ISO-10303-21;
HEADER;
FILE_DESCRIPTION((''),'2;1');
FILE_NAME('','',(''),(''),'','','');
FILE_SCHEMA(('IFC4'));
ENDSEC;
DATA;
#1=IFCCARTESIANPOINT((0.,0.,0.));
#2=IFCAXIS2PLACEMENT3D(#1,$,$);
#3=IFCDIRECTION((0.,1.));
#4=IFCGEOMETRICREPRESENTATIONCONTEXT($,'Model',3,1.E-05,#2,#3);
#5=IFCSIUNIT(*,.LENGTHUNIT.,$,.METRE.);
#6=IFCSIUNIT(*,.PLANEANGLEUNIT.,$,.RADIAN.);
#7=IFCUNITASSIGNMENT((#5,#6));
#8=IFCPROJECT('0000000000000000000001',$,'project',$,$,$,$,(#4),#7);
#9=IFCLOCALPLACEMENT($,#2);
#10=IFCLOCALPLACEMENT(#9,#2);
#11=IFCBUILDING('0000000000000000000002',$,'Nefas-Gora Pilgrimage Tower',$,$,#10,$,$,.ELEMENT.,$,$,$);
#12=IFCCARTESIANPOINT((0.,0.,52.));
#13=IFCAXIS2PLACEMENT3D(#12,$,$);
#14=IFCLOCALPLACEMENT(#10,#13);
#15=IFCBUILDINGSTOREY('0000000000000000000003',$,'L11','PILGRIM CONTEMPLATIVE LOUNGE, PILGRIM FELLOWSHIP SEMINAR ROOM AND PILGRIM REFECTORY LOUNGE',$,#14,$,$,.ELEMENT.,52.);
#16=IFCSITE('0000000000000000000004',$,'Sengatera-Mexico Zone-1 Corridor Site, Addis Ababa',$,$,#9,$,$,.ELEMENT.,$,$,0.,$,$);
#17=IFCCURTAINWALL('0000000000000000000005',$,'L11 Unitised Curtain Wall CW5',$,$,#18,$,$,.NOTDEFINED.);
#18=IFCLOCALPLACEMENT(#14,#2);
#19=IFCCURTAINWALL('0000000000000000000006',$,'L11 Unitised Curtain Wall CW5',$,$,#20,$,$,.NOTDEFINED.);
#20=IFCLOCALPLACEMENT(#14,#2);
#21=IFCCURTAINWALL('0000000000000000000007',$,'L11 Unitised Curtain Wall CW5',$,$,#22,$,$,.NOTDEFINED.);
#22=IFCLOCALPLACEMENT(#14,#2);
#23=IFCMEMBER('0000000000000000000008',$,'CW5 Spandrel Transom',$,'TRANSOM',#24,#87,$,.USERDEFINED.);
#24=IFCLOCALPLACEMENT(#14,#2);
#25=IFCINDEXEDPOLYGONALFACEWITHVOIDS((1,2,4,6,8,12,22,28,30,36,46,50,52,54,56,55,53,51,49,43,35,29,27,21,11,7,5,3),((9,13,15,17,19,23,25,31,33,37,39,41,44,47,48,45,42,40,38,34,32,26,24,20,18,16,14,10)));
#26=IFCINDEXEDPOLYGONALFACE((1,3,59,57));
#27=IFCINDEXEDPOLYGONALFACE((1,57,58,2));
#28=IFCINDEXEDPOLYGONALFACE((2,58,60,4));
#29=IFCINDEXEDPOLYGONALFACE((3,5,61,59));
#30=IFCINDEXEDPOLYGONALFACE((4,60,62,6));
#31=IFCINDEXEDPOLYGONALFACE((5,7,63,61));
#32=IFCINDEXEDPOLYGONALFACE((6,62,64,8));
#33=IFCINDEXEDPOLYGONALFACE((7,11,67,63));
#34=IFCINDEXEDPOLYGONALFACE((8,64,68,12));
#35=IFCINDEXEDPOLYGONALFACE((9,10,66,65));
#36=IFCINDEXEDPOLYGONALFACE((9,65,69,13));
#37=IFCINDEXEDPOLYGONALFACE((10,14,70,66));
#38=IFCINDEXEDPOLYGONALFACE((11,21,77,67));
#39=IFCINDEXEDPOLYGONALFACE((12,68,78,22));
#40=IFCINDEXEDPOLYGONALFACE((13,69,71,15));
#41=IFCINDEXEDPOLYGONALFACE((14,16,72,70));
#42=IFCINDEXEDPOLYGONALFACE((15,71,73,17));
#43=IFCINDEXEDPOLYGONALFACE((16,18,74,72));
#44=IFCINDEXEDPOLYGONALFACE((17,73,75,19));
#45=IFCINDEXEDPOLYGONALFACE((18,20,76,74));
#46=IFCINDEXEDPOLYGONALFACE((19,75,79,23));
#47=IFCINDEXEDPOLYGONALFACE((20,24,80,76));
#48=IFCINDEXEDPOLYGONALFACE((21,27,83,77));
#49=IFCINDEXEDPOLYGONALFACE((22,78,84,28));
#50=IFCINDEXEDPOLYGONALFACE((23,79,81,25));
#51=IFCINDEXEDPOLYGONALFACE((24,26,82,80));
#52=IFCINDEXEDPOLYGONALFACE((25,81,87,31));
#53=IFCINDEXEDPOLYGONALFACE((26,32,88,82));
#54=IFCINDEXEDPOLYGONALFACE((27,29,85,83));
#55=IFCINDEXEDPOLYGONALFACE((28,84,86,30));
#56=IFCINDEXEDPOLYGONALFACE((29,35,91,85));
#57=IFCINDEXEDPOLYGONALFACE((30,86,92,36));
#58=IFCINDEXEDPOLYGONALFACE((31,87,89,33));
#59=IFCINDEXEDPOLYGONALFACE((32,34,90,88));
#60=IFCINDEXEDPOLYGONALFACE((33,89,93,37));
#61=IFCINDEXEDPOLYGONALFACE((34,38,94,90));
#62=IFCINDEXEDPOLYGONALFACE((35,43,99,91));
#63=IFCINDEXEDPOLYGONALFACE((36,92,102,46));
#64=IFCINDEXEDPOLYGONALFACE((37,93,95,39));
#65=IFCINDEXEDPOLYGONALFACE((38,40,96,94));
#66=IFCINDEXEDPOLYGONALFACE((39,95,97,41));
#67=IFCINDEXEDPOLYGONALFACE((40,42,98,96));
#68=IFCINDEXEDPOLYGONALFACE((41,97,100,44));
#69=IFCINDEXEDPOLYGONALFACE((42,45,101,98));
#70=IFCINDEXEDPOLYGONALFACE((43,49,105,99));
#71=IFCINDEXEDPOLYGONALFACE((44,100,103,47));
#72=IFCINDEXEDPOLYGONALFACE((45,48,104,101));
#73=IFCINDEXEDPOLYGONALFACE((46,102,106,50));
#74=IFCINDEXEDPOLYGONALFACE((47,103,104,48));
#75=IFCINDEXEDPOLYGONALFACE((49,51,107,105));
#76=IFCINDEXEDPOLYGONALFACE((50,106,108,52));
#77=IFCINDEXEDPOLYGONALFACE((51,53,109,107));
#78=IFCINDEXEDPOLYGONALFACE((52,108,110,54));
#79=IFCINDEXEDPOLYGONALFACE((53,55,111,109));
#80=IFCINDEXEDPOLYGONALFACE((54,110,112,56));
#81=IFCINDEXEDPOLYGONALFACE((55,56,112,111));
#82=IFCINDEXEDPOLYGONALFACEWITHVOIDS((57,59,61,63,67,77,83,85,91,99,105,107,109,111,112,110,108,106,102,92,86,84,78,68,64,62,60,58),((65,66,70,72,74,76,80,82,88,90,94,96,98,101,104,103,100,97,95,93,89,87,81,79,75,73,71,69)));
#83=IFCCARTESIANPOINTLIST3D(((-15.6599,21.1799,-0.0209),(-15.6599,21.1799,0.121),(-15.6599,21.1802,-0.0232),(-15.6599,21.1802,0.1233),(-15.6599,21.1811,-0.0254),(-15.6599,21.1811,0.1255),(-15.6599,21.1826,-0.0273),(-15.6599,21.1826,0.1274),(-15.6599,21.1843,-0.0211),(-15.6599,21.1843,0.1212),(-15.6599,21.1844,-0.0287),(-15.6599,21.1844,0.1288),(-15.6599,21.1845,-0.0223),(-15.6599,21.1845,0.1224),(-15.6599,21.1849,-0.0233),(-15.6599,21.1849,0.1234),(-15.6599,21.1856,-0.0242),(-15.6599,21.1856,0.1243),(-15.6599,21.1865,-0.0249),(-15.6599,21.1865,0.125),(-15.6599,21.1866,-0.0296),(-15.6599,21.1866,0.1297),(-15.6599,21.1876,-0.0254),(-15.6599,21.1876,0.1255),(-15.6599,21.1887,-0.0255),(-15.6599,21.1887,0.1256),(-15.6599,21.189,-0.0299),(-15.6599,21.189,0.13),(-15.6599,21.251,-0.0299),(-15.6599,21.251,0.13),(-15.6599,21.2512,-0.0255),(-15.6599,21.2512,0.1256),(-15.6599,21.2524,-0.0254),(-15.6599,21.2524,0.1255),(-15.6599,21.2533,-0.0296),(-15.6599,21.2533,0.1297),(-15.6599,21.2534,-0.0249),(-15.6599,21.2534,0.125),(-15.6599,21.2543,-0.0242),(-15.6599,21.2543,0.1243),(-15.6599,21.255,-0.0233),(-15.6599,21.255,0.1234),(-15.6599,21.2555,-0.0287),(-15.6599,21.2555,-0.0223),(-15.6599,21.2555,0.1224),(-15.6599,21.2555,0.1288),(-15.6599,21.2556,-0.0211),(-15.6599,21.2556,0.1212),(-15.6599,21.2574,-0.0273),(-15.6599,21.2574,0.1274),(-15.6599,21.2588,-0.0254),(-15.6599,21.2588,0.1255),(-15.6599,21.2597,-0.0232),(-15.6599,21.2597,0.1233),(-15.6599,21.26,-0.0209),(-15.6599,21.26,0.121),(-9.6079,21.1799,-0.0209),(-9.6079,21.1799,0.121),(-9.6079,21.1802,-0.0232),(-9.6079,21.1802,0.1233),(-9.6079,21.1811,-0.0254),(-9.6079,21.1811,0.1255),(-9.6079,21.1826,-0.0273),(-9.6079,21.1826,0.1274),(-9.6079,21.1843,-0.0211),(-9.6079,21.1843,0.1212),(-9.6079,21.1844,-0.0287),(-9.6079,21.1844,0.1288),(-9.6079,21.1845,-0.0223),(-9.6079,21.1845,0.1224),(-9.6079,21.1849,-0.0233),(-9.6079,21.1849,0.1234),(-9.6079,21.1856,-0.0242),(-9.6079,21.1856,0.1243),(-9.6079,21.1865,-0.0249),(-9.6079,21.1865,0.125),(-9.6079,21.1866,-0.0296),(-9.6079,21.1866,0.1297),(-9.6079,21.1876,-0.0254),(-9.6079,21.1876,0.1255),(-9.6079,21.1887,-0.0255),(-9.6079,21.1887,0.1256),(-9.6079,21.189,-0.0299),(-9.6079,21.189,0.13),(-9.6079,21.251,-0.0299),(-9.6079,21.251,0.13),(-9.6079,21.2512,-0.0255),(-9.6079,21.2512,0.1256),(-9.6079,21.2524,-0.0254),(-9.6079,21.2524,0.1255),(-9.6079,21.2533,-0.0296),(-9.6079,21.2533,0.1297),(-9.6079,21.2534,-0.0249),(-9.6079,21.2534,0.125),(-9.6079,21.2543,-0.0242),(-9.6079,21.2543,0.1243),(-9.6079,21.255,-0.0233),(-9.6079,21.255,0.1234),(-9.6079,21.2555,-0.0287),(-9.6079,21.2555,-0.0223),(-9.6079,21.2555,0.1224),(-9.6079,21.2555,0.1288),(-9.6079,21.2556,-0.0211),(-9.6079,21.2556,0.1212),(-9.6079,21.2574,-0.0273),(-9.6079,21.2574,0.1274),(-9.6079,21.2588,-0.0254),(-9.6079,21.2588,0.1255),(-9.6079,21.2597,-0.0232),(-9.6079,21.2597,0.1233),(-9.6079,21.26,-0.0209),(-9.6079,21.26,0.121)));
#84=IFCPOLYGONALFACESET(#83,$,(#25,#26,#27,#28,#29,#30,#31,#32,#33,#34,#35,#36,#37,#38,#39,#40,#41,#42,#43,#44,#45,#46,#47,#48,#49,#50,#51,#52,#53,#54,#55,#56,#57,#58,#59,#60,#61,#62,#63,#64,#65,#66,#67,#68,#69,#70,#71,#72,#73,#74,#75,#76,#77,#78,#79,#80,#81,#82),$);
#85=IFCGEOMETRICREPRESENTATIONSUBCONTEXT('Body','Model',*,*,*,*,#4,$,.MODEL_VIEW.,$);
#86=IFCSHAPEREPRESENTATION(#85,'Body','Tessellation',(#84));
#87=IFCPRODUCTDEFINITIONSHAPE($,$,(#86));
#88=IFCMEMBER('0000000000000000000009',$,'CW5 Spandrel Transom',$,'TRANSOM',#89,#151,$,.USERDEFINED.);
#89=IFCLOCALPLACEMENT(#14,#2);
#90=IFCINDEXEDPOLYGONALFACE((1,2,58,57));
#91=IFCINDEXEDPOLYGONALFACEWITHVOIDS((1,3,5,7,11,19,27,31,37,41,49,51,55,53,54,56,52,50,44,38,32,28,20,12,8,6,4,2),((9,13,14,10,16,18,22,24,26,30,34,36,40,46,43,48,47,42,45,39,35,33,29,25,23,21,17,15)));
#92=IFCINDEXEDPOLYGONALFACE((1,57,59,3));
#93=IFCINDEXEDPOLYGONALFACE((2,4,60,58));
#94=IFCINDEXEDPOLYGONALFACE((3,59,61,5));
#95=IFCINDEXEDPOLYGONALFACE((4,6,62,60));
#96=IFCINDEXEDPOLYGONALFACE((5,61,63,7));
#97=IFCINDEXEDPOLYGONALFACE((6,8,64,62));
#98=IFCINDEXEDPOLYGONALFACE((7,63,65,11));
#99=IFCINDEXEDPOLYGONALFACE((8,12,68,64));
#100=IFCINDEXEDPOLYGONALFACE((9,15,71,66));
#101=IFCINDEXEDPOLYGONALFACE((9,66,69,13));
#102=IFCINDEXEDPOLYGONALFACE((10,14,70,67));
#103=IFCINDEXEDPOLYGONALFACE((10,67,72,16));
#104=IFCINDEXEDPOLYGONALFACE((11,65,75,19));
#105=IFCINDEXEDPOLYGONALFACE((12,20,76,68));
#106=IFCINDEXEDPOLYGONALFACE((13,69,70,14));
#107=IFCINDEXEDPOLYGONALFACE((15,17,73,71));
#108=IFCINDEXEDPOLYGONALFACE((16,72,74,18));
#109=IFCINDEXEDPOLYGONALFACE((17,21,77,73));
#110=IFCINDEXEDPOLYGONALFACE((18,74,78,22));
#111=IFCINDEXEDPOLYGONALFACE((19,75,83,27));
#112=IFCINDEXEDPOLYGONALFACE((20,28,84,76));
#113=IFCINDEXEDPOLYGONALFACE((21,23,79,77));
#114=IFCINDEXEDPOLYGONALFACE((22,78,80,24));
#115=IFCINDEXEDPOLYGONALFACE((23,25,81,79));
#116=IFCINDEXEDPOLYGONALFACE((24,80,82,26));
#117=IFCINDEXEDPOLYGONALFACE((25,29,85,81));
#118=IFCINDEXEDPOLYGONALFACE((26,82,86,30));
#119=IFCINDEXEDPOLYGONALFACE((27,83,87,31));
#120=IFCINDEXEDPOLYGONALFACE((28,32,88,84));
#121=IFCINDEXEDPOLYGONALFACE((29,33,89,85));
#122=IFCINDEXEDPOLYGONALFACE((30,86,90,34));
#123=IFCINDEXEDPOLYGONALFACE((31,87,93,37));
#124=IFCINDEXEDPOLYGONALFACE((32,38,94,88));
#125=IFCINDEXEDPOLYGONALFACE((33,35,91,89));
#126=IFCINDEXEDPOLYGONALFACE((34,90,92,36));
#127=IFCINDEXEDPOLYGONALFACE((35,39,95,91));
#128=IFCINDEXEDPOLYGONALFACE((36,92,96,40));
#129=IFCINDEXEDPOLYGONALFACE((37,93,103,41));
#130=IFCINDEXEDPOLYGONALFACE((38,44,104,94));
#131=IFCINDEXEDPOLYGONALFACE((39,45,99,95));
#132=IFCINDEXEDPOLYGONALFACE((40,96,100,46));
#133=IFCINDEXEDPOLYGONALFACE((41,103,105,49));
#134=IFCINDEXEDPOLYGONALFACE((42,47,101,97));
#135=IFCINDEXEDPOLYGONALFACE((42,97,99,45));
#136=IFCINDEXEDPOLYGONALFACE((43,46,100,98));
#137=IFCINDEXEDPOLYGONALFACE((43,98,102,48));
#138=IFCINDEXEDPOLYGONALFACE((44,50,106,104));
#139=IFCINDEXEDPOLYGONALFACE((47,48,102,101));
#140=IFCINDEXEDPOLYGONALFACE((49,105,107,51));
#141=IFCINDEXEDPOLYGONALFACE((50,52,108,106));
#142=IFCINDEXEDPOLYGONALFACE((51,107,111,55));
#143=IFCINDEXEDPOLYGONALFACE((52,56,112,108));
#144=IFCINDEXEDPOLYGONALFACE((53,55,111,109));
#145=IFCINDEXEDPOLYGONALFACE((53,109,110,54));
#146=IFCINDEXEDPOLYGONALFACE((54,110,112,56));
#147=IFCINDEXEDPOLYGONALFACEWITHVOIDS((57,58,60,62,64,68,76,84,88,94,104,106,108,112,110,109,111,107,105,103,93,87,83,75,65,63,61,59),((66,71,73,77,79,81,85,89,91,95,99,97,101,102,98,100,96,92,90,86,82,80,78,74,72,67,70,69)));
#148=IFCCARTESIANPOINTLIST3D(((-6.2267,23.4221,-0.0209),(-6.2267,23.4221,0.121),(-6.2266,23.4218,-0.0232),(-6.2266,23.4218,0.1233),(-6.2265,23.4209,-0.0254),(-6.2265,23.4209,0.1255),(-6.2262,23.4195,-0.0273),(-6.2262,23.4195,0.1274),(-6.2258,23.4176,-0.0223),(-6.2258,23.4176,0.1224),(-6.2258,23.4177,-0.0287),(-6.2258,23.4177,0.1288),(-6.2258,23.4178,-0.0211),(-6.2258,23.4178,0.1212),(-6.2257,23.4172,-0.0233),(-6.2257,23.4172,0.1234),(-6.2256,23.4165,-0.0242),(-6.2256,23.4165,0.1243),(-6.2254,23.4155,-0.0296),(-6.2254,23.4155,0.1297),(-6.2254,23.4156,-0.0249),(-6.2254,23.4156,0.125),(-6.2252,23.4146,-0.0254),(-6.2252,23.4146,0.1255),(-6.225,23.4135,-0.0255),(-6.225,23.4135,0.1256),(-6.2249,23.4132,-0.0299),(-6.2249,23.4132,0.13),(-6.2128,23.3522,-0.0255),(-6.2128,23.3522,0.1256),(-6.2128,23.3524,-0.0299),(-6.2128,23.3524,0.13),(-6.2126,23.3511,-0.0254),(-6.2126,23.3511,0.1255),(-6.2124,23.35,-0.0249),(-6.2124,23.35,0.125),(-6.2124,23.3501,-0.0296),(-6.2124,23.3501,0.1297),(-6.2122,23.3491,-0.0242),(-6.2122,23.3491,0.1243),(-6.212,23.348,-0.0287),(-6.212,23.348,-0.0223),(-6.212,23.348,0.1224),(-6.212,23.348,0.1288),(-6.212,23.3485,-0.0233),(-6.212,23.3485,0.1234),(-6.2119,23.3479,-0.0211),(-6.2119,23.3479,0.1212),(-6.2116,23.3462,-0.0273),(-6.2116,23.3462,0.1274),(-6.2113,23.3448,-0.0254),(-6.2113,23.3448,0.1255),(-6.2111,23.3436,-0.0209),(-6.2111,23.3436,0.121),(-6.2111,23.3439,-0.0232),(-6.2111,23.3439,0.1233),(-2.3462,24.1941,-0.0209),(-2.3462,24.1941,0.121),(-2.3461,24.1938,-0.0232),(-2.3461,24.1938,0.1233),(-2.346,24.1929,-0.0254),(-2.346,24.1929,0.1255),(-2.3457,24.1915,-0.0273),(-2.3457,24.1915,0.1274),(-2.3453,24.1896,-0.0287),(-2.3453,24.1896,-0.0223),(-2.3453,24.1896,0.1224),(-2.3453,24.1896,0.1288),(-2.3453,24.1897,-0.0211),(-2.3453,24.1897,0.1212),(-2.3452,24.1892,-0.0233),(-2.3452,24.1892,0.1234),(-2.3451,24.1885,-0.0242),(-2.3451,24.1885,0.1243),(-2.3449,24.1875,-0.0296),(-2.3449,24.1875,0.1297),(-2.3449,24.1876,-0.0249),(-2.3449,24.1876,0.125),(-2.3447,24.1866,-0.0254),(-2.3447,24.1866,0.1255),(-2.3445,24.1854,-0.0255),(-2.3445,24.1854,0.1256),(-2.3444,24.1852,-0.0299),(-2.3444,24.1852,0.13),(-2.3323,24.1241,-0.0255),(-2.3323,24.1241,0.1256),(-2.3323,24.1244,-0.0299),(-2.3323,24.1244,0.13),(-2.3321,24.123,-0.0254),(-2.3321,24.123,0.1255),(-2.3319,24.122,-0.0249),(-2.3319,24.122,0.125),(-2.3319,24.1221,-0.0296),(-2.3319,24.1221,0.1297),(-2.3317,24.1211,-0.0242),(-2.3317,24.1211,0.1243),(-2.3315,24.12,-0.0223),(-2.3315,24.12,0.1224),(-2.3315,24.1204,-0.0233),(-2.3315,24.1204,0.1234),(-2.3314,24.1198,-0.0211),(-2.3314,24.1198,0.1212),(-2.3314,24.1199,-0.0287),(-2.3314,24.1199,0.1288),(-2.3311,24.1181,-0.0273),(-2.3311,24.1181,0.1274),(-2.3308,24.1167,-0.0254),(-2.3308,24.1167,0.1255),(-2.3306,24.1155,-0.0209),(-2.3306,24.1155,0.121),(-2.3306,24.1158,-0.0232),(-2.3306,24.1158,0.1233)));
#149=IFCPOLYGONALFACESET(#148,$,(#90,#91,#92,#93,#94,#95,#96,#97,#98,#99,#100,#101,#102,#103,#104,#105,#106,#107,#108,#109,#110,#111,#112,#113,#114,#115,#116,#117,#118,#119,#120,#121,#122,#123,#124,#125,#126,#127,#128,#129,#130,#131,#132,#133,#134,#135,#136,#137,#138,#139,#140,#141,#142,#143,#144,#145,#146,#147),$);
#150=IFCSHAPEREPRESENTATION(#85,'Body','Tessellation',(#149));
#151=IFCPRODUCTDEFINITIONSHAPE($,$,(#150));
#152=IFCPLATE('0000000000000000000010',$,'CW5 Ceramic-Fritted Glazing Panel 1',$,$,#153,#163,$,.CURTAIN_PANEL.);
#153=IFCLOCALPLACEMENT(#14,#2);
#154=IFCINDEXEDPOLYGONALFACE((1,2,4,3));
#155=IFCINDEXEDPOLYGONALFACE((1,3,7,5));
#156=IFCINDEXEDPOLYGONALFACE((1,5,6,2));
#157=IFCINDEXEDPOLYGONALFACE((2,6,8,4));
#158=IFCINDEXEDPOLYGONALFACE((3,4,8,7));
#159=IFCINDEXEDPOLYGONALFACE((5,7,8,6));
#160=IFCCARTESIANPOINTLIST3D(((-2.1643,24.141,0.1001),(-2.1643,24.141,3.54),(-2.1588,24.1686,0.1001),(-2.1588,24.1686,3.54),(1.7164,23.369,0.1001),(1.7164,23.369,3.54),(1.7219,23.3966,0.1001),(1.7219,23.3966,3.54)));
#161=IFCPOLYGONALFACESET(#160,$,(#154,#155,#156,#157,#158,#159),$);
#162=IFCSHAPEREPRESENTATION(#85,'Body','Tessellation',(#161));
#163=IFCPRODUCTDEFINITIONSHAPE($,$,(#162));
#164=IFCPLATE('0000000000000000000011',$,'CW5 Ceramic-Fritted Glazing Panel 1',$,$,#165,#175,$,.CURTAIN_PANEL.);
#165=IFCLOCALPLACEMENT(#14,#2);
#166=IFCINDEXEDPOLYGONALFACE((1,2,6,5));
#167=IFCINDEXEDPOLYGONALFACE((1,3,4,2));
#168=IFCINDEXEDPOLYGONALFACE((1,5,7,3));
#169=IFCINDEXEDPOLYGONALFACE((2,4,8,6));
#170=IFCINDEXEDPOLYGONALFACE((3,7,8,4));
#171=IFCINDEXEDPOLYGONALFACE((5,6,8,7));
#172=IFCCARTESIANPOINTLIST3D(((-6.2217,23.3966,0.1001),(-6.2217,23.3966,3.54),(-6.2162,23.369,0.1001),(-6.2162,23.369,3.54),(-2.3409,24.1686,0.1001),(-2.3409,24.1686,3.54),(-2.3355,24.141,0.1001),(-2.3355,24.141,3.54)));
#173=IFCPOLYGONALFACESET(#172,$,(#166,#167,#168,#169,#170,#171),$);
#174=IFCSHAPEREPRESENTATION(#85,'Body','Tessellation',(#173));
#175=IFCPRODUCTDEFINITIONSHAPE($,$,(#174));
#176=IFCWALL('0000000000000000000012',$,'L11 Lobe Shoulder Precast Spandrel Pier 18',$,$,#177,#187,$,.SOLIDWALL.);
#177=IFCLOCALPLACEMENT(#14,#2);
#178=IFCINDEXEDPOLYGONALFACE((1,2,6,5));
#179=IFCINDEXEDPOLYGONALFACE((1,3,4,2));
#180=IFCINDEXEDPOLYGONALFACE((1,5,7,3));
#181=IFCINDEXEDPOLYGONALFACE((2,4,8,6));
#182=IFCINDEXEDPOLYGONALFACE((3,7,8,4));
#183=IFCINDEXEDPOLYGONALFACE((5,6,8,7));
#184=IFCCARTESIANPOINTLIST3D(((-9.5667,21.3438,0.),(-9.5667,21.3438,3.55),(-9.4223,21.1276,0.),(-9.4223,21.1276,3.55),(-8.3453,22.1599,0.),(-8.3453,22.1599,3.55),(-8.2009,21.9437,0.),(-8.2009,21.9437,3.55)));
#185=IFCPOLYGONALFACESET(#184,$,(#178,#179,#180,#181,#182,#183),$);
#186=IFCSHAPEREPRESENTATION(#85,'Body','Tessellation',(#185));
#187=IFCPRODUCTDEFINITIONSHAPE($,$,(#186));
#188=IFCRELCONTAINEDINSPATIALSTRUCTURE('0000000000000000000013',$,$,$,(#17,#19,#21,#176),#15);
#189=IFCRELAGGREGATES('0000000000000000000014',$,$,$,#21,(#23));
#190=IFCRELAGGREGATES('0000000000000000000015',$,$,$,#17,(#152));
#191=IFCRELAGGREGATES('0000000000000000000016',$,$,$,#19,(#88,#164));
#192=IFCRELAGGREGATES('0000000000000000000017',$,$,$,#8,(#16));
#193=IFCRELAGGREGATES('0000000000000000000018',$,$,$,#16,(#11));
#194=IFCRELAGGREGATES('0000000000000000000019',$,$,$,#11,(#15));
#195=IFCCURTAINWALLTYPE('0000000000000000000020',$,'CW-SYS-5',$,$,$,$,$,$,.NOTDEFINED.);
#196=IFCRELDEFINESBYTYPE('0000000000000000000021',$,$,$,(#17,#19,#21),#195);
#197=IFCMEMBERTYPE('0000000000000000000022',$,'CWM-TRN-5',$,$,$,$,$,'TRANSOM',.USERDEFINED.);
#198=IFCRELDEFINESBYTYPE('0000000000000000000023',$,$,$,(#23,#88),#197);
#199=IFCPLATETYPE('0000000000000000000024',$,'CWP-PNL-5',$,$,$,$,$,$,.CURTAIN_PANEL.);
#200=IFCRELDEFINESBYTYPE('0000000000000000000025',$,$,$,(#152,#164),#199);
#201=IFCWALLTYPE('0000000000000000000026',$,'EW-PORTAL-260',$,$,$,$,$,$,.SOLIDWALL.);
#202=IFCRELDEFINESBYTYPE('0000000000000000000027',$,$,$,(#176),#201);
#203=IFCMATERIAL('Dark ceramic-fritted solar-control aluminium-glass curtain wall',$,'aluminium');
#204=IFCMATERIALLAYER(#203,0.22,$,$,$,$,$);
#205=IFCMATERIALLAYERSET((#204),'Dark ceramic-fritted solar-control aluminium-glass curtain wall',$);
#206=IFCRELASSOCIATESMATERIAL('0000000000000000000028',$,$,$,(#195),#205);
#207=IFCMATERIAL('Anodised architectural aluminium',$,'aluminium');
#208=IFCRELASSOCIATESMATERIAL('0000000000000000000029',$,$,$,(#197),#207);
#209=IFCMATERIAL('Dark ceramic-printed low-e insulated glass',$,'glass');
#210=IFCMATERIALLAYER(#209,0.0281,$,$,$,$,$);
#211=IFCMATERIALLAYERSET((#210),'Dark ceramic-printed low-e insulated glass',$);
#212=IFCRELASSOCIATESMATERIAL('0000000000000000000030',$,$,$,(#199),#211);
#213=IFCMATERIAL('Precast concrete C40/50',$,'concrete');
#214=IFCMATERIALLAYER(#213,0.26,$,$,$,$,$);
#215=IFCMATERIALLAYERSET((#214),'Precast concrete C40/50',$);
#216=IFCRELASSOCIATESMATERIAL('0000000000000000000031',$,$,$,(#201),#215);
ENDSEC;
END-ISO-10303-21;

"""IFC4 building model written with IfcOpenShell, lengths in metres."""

from ifc_helpers import new_model, si_unit, direction, frame, frame_2d, origin, origin_2d, place, context, subcontext, project, spatial, rectangle, hollow_rectangle, extrude, source, transform, mapped, material, layer, layer_set, material_profile, profile_set, type_object, element, aggregate, save


model = new_model("IFC4")

# Units and contexts
model_context = context("Model", 3, precision=1e-05, world=origin(), true_north=direction((0.0, 1.0)))
body_context = subcontext(model_context, "Body", "Model", "MODEL_VIEW")
ifc_project = project(units=[si_unit("LENGTHUNIT", "METRE"), si_unit("PLANEANGLEUNIT", "RADIAN")], contexts=[model_context])

# Site, building, storey
site_placement = place(None, origin())
site = spatial("IfcSite", under=ifc_project, at=site_placement, Name="Sengatera-Mexico Zone-1 Corridor Site, Addis Ababa", CompositionType="ELEMENT", RefElevation=0.0)
building_placement = place(site_placement, origin())
building = spatial("IfcBuilding", under=site, at=building_placement, Name="Nefas-Gora Pilgrimage Tower", CompositionType="ELEMENT")
storey_placement = place(building_placement, frame((0.0, 0.0, 52.0)))
storey = spatial("IfcBuildingStorey", under=building, at=storey_placement, Name="L11", Description="PILGRIM CONTEMPLATIVE LOUNGE, PILGRIM FELLOWSHIP SEMINAR ROOM AND PILGRIM REFECTORY LOUNGE", CompositionType="ELEMENT", Elevation=52.0)

# Curtain wall
ifc_material_1 = material(Name="Dark ceramic-fritted solar-control aluminium-glass curtain wall", Category="aluminium")
ifc_layer_1 = layer(ifc_material_1, 0.22)
ifc_layer_set_1 = layer_set([ifc_layer_1], Name="Dark ceramic-fritted solar-control aluminium-glass curtain wall")
curtain_wall_type = type_object("IfcCurtainWallType", Name="CW-SYS-5", PredefinedType="NOTDEFINED", material=ifc_layer_set_1)
curtain_wall_1_placement = place(storey_placement, origin())
curtain_wall_1 = element("IfcCurtainWall", 1, at=curtain_wall_1_placement, inside=storey, type_object=curtain_wall_type, Name="L11 Unitised Curtain Wall CW5", PredefinedType="NOTDEFINED")
ifc_material_2 = material(Name="Anodised architectural aluminium", Category="aluminium")

# Curtain walls, member
curtain_wall_2_placement = place(storey_placement, origin())
curtain_wall_2 = element("IfcCurtainWall", 2, at=curtain_wall_2_placement, inside=storey, type_object=curtain_wall_type, Name="L11 Unitised Curtain Wall CW5", PredefinedType="NOTDEFINED")
curtain_wall_3_placement = place(storey_placement, origin())
curtain_wall_3 = element("IfcCurtainWall", 3, at=curtain_wall_3_placement, inside=storey, type_object=curtain_wall_type, Name="L11 Unitised Curtain Wall CW5", PredefinedType="NOTDEFINED")
ifc_material_profile_1 = material_profile(ifc_material_2, hollow_rectangle(XDim=0.0801, YDim=0.1599, WallThickness=0.0044, InnerFilletRadius=0.0044, OuterFilletRadius=0.009, at=origin_2d()), Name="ALU TRANSOM 80x160")
ifc_profile_set_1 = profile_set([ifc_material_profile_1], Name="Anodised architectural aluminium")
member_type_1 = type_object("IfcMemberType", Name="CWM-TRN-5", ElementType="TRANSOM", PredefinedType="USERDEFINED", material=ifc_profile_set_1)
shared_shape_1 = source(origin(), body_context, "Body", "SweptSolid", [
    extrude(hollow_rectangle(XDim=0.0801, YDim=0.1599, WallThickness=0.0044, InnerFilletRadius=0.0044, OuterFilletRadius=0.009, at=origin_2d()), origin(), (0.0, 0.0, 1.0), 6.052),
])
member_1_placement = place(storey_placement, frame((-9.6079, 21.22, 0.05), z_axis=(-1.0, 0.0, 0.0), x_axis=(0.0, -1.0, 0.0)))
member_1 = element("IfcMember", 4, at=member_1_placement, type_object=member_type_1, Name="CW5 Spandrel Transom", ObjectType="TRANSOM", PredefinedType="USERDEFINED", context=body_context, shape_type="MappedRepresentation", body=[
    mapped(shared_shape_1, transform((0.0, 0.0, 0.0), x_axis=(1.0, 0.0, 0.0), y_axis=(0.0, 1.0, 0.0), z_axis=(0.0, 0.0, 1.0), scale=1.0)),
])
aggregate(curtain_wall_3, [member_1])

# Member
shared_shape_2 = source(origin(), body_context, "Body", "SweptSolid", [
    extrude(hollow_rectangle(XDim=0.0801, YDim=0.1599, WallThickness=0.0044, InnerFilletRadius=0.0044, OuterFilletRadius=0.009, at=origin_2d()), origin(), (0.0, 0.0, 1.0), 3.9565),
])
member_2_placement = place(storey_placement, frame((-2.3384, 24.1548, 0.05), z_axis=(-0.980782, -0.195107, 0.0), x_axis=(0.195107, -0.980782, 0.0)))
member_2 = element("IfcMember", 5, at=member_2_placement, type_object=member_type_1, Name="CW5 Spandrel Transom", ObjectType="TRANSOM", PredefinedType="USERDEFINED", context=body_context, shape_type="MappedRepresentation", body=[
    mapped(shared_shape_2, transform((0.0, 0.0, 0.0), x_axis=(1.0, 0.0, 0.0), y_axis=(0.0, 1.0, 0.0), z_axis=(0.0, 0.0, 1.0), scale=1.0)),
])

# Plates
ifc_material_3 = material(Name="Dark ceramic-printed low-e insulated glass", Category="glass")
ifc_layer_2 = layer(ifc_material_3, 0.0281)
ifc_layer_set_2 = layer_set([ifc_layer_2], Name="Dark ceramic-printed low-e insulated glass")
plate_type = type_object("IfcPlateType", Name="CWP-PNL-5", PredefinedType="CURTAIN_PANEL", material=ifc_layer_set_2)
shared_shape_3 = source(origin(), body_context, "Body", "SweptSolid", [
    extrude(rectangle(XDim=3.9568, YDim=0.0281, at=origin_2d()), origin(), (0.0, 0.0, 1.0), 3.4399),
])
plate_1_placement = place(storey_placement, frame((-0.2212, 23.7688, 0.1001), z_axis=(0.0, 0.0, 1.0), x_axis=(-0.980783, 0.195102, 0.0)))
plate_1 = element("IfcPlate", 6, at=plate_1_placement, type_object=plate_type, Name="CW5 Ceramic-Fritted Glazing Panel 1", PredefinedType="CURTAIN_PANEL", context=body_context, shape_type="MappedRepresentation", body=[
    mapped(shared_shape_3, transform((0.0, 0.0, 0.0), x_axis=(1.0, 0.0, 0.0), y_axis=(0.0, 1.0, 0.0), z_axis=(0.0, 0.0, 1.0), scale=1.0)),
])
aggregate(curtain_wall_1, [plate_1])
plate_2_placement = place(storey_placement, frame((-4.2786, 23.7688, 0.1001), z_axis=(0.0, 0.0, 1.0), x_axis=(-0.980783, -0.195102, 0.0)))
plate_2 = element("IfcPlate", 7, at=plate_2_placement, type_object=plate_type, Name="CW5 Ceramic-Fritted Glazing Panel 1", PredefinedType="CURTAIN_PANEL", context=body_context, shape_type="MappedRepresentation", body=[
    mapped(shared_shape_3, transform((0.0, 0.0, 0.0), x_axis=(1.0, 0.0, 0.0), y_axis=(0.0, 1.0, 0.0), z_axis=(0.0, 0.0, 1.0), scale=1.0)),
])
aggregate(curtain_wall_2, [member_2, plate_2])

# Wall
ifc_material_4 = material(Name="Precast concrete C40/50", Category="concrete")
ifc_layer_3 = layer(ifc_material_4, 0.26)
ifc_layer_set_3 = layer_set([ifc_layer_3], Name="Precast concrete C40/50")
wall_type_1 = type_object("IfcWallType", Name="EW-PORTAL-260", PredefinedType="SOLIDWALL", material=ifc_layer_set_3)
shared_shape_4 = source(origin(), body_context, "Body", "SweptSolid", [
    extrude(rectangle(XDim=1.469, YDim=0.26, at=frame_2d((0.7344, 0.0))), origin(), (0.0, 0.0, 1.0), 3.55),
])
wall_1_placement = place(storey_placement, frame((-8.2732, 22.0518, 0.0), z_axis=(0.0, 0.0, 1.0), x_axis=(-0.831462, -0.555582, 0.0)))
element("IfcWall", 8, at=wall_1_placement, inside=storey, type_object=wall_type_1, Name="L11 Lobe Shoulder Precast Spandrel Pier 18", PredefinedType="SOLIDWALL", context=body_context, shape_type="MappedRepresentation", body=[
    mapped(shared_shape_4, transform((0.0, 0.0, 0.0), x_axis=(1.0, 0.0, 0.0), y_axis=(0.0, 1.0, 0.0), z_axis=(0.0, 0.0, 1.0), scale=1.0)),
])

save(model, "model.ifc")
